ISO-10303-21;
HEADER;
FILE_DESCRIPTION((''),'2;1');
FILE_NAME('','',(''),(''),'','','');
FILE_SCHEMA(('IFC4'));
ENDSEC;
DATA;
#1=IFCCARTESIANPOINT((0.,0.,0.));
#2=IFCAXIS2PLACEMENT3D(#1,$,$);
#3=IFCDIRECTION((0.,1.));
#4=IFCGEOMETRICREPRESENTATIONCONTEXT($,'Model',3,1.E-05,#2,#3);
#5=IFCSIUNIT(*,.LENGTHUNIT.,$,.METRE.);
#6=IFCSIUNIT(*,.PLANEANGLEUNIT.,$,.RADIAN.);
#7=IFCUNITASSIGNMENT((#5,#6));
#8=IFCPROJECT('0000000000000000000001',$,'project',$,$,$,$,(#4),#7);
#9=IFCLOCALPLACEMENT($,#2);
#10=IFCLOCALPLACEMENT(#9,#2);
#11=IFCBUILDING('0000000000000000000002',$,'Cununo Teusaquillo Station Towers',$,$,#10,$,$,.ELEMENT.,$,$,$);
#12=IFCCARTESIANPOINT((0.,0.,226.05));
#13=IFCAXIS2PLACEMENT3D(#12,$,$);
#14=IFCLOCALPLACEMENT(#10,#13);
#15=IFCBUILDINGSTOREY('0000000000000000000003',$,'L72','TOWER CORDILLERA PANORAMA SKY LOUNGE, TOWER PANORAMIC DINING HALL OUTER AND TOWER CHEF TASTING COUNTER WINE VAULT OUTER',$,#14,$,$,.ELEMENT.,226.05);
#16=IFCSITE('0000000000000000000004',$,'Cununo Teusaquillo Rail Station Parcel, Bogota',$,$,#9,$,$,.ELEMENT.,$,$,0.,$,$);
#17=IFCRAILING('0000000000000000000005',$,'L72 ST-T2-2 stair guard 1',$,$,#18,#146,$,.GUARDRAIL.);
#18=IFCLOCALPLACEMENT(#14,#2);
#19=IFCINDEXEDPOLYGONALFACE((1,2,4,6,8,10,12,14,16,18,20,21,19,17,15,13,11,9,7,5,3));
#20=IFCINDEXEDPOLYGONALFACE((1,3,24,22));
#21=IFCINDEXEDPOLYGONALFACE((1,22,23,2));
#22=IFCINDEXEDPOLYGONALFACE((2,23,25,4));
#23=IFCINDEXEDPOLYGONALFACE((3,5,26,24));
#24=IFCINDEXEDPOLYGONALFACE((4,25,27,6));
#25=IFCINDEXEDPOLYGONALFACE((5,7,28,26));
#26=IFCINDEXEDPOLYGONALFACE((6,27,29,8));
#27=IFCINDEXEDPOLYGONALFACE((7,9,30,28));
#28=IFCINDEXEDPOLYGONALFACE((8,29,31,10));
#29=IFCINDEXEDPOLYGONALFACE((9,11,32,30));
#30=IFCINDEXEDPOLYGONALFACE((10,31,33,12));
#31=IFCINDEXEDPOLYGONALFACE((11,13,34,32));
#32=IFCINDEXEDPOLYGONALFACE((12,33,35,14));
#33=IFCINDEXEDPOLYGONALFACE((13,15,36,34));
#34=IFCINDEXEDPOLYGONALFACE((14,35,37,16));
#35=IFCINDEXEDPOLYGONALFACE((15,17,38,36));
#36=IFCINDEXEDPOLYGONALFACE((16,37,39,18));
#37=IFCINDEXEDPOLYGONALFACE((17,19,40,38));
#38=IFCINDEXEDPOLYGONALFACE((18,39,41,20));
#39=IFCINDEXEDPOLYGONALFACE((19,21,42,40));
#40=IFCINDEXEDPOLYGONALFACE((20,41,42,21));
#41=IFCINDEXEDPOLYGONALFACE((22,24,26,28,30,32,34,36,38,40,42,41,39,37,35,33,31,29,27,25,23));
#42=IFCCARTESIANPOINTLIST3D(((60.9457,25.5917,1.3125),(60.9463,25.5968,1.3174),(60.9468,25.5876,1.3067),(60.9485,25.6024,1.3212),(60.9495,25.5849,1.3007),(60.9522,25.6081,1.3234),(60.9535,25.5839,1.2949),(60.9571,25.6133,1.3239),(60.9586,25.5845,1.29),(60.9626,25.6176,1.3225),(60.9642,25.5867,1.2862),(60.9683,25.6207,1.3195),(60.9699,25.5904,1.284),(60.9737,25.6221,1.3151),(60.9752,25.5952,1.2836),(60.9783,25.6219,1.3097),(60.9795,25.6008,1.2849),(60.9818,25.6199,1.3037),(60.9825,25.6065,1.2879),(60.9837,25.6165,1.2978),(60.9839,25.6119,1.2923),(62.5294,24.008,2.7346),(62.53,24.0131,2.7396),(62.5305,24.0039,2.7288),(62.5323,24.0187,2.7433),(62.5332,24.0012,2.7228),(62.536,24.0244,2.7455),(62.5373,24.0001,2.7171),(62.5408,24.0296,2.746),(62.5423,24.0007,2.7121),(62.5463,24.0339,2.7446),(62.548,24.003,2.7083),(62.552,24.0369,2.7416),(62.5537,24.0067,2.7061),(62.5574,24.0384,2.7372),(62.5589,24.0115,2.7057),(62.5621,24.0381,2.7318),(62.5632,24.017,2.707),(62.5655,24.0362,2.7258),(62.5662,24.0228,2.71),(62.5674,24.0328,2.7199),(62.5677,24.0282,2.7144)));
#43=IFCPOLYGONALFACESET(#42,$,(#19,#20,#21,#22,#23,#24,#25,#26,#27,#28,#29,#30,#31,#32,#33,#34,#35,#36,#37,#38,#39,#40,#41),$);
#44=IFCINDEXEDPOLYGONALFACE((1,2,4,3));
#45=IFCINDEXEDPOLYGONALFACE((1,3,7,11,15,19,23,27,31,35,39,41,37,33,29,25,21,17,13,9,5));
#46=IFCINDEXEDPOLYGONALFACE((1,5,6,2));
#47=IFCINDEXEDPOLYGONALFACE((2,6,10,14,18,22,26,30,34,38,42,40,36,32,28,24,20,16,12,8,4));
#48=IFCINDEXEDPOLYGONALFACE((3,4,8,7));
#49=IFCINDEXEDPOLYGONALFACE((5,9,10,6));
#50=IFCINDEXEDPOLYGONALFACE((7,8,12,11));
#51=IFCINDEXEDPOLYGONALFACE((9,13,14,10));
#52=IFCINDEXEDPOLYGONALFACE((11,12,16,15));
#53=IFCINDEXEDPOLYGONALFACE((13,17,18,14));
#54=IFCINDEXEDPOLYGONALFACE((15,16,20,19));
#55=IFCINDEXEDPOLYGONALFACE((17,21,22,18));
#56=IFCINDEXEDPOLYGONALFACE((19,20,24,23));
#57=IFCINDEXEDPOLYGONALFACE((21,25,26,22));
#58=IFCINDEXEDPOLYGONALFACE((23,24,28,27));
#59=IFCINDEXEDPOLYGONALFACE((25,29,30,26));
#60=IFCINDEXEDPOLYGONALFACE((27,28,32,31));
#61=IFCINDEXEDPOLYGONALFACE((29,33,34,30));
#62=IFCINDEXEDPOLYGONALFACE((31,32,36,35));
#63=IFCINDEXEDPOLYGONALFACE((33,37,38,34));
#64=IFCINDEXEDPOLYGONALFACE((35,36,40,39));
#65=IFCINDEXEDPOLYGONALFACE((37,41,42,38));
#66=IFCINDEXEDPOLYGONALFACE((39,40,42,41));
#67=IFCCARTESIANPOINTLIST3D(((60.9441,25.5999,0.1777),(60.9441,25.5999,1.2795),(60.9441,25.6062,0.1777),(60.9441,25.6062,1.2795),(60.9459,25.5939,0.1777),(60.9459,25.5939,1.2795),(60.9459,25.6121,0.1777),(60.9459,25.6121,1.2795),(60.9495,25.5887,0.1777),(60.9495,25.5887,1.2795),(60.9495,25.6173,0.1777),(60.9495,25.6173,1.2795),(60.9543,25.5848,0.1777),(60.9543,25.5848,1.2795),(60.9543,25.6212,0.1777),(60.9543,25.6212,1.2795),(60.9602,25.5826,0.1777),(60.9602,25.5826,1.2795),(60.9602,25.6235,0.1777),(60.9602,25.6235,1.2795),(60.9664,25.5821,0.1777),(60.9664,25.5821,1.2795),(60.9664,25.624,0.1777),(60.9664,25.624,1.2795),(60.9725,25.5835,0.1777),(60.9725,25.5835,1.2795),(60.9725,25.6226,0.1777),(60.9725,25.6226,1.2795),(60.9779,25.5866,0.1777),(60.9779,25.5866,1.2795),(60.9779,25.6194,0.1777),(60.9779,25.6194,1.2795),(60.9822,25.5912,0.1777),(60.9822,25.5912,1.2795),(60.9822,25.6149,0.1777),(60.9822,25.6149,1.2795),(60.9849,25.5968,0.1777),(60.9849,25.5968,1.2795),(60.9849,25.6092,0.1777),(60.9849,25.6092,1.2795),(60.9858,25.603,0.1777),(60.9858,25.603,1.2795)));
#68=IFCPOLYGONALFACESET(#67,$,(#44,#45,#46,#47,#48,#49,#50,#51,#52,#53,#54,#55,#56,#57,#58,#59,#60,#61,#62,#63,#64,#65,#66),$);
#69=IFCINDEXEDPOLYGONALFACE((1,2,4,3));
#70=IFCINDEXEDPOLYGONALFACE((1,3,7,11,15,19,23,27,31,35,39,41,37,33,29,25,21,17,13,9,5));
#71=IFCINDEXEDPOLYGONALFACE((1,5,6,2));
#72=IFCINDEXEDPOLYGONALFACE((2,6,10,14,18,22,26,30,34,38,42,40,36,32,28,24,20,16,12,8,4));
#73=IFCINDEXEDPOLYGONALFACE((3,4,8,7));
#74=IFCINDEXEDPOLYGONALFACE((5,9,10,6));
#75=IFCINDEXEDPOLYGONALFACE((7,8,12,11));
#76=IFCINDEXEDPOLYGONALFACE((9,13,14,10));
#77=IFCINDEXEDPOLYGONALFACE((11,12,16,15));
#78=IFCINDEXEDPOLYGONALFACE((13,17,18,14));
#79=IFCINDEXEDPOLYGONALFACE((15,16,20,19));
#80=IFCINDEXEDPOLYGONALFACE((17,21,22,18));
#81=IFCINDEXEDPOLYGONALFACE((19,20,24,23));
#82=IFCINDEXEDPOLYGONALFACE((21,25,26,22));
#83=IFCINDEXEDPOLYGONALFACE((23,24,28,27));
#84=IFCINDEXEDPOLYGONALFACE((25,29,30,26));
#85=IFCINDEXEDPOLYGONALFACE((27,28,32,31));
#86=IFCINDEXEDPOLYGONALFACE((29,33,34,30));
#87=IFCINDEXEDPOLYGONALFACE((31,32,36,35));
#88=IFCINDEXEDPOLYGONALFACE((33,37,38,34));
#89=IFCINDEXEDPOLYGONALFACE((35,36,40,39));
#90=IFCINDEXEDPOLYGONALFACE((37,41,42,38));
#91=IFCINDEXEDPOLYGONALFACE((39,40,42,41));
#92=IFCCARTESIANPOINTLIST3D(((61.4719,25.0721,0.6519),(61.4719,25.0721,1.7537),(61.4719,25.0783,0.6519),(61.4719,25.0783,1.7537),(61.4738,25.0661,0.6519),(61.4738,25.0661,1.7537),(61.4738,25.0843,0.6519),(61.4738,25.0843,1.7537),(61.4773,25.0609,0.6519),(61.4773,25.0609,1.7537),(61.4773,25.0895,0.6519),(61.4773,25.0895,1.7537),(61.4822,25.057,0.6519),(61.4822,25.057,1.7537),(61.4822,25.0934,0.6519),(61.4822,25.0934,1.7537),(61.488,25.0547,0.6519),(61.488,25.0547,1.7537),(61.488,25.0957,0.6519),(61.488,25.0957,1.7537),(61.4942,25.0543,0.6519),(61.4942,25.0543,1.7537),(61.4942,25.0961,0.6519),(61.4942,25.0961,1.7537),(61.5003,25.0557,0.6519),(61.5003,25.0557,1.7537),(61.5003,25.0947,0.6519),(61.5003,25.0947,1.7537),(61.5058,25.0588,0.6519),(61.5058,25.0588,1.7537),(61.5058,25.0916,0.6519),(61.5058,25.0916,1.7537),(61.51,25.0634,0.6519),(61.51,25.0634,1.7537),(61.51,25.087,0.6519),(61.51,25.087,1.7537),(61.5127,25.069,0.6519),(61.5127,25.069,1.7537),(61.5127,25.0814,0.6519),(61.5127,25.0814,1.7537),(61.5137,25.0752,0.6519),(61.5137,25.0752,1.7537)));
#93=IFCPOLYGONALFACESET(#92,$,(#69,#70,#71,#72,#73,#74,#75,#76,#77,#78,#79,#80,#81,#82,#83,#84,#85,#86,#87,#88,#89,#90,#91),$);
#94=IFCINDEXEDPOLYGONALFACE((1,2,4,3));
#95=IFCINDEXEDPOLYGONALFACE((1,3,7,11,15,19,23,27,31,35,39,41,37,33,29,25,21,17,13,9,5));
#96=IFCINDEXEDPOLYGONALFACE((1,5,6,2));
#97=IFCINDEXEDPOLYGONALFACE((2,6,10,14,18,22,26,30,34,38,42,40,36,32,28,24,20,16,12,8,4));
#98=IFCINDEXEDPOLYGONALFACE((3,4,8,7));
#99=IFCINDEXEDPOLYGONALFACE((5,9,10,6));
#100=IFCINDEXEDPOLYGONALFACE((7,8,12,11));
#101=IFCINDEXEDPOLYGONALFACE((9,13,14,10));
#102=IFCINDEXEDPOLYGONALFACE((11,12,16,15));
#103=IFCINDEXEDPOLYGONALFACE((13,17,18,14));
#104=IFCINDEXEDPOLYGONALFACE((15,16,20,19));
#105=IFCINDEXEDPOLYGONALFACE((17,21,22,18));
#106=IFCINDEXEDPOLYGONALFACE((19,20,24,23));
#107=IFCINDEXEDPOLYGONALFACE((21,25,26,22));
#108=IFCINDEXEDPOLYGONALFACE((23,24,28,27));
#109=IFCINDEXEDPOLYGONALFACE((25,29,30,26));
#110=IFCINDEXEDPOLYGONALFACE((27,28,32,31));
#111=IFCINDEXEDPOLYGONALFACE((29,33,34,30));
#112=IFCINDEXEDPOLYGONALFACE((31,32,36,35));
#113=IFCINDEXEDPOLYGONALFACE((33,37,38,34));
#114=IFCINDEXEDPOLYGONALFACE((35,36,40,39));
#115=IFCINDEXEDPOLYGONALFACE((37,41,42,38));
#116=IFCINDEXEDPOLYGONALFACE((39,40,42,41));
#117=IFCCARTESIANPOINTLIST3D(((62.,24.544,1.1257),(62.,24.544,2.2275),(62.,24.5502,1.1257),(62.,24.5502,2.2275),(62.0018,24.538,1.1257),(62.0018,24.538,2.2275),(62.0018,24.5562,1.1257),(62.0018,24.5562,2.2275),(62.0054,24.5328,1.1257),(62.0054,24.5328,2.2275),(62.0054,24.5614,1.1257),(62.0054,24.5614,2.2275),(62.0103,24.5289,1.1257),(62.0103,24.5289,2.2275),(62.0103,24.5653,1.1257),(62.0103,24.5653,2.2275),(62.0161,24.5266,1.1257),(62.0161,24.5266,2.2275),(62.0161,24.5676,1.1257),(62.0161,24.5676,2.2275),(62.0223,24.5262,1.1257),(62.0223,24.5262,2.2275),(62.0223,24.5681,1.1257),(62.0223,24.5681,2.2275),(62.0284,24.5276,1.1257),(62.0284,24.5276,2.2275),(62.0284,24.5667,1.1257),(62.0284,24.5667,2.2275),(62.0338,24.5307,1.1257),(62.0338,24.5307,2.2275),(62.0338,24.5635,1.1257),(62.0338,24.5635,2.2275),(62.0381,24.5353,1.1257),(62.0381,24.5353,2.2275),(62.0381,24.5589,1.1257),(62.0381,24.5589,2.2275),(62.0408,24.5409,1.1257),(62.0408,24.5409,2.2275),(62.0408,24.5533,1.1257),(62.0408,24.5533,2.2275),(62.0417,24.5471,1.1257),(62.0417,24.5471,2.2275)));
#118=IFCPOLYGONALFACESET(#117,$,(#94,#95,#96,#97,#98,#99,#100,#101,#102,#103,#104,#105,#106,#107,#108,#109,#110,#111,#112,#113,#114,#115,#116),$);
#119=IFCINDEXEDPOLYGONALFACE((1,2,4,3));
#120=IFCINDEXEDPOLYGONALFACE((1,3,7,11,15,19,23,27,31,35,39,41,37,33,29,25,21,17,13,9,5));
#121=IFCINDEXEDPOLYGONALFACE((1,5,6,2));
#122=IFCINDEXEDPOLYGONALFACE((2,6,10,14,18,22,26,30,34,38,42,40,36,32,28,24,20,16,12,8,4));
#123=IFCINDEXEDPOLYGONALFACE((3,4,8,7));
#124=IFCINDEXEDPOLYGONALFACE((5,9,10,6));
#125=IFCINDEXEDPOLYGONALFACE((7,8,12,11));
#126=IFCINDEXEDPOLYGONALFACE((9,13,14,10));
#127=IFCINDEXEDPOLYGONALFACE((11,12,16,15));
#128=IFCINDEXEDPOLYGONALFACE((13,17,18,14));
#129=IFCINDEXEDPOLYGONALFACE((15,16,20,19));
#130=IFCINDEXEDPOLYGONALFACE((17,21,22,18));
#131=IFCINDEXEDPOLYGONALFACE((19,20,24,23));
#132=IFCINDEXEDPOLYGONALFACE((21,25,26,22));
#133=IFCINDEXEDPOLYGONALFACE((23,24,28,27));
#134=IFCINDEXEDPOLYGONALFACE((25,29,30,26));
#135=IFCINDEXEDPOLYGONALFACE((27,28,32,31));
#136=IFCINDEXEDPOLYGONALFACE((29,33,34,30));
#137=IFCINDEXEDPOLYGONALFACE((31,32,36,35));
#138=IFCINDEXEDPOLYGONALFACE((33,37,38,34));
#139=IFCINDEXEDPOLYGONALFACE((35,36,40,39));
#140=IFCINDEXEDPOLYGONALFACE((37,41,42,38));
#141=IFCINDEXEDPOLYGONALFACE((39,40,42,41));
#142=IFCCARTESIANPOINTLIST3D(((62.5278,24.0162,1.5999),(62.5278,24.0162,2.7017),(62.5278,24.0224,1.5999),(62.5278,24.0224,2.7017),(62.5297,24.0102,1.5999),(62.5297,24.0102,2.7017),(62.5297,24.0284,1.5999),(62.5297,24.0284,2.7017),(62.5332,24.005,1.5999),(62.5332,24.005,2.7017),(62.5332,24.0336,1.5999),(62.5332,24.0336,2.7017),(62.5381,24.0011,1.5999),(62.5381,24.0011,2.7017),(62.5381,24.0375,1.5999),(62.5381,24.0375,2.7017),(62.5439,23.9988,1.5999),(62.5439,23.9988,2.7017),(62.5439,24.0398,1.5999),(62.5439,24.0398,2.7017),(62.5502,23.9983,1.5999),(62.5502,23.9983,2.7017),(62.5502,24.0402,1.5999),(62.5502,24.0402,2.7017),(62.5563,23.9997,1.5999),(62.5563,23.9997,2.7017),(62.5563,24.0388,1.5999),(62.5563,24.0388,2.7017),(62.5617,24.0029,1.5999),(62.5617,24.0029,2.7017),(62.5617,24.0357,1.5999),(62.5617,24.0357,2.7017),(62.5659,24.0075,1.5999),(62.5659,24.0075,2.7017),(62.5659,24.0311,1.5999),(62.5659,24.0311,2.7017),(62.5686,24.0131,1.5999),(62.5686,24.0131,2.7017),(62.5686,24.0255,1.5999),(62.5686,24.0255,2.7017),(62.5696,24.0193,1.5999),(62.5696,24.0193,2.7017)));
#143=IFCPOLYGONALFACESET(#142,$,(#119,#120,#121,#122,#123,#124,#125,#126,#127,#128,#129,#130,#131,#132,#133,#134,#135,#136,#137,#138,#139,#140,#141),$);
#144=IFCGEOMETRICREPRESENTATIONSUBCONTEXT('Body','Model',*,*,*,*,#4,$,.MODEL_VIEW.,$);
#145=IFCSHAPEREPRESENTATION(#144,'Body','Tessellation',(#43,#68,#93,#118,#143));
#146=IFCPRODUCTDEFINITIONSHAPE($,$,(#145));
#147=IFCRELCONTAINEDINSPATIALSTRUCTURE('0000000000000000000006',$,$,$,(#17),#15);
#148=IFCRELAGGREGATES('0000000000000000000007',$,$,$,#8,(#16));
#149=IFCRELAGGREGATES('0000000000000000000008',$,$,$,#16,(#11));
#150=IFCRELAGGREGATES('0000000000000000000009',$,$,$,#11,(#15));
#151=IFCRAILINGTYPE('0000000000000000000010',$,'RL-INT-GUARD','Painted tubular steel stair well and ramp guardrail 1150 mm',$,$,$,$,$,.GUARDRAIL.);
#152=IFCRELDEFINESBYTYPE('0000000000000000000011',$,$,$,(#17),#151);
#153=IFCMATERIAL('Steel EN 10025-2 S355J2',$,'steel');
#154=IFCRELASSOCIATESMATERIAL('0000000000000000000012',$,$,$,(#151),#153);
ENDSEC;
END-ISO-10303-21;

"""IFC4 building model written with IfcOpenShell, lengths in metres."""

from ifc_helpers import new_model, si_unit, direction, frame, origin, origin_2d, place, context, subcontext, project, spatial, circle, extrude, material, type_object, element, save


model = new_model("IFC4")

# Units and contexts
model_context = context("Model", 3, precision=1e-05, world=origin(), true_north=direction((0.0, 1.0)))
body_context = subcontext(model_context, "Body", "Model", "MODEL_VIEW")
ifc_project = project(units=[si_unit("LENGTHUNIT", "METRE"), si_unit("PLANEANGLEUNIT", "RADIAN")], contexts=[model_context])

# Site, building, storey
site_placement = place(None, origin())
site = spatial("IfcSite", under=ifc_project, at=site_placement, Name="Cununo Teusaquillo Rail Station Parcel, Bogota", CompositionType="ELEMENT", RefElevation=0.0)
building_placement = place(site_placement, origin())
building = spatial("IfcBuilding", under=site, at=building_placement, Name="Cununo Teusaquillo Station Towers", CompositionType="ELEMENT")
storey_placement = place(building_placement, frame((0.0, 0.0, 226.05)))
storey = spatial("IfcBuildingStorey", under=building, at=storey_placement, Name="L72", Description="TOWER CORDILLERA PANORAMA SKY LOUNGE, TOWER PANORAMIC DINING HALL OUTER AND TOWER CHEF TASTING COUNTER WINE VAULT OUTER", CompositionType="ELEMENT", Elevation=226.05)

# Railing
ifc_material_1 = material(Name="Steel EN 10025-2 S355J2", Category="steel")
railing_type_1 = type_object("IfcRailingType", Name="RL-INT-GUARD", Description="Painted tubular steel stair well and ramp guardrail 1150 mm", PredefinedType="GUARDRAIL", material=ifc_material_1)
railing_1_placement = place(storey_placement, frame((60.9648, 25.603, 0.1777)))
element("IfcRailing", 1, at=railing_1_placement, inside=storey, type_object=railing_type_1, Name="L72 ST-T2-2 stair guard 1", PredefinedType="GUARDRAIL", context=body_context, shape_type="SweptSolid", body=[
    extrude(circle(Radius=0.0239, at=origin_2d()), frame((0.0, 0.0, 1.126), z_axis=(0.596942, -0.596942, 0.536024), x_axis=(0.707107, 0.707107, 0.0)), (0.0, 0.0, 1.0), 2.6531),
    extrude(circle(Radius=0.021, at=origin_2d()), origin(), (0.0, 0.0, 1.0), 1.1018),
    extrude(circle(Radius=0.021, at=origin_2d()), frame((0.5278, -0.5278, 0.4741)), (0.0, 0.0, 1.0), 1.1018),
    extrude(circle(Radius=0.021, at=origin_2d()), frame((1.0559, -1.0559, 0.948)), (0.0, 0.0, 1.0), 1.1018),
    extrude(circle(Radius=0.021, at=origin_2d()), frame((1.5837, -1.5837, 1.4221)), (0.0, 0.0, 1.0), 1.1018),
])

save(model, "model.ifc")
